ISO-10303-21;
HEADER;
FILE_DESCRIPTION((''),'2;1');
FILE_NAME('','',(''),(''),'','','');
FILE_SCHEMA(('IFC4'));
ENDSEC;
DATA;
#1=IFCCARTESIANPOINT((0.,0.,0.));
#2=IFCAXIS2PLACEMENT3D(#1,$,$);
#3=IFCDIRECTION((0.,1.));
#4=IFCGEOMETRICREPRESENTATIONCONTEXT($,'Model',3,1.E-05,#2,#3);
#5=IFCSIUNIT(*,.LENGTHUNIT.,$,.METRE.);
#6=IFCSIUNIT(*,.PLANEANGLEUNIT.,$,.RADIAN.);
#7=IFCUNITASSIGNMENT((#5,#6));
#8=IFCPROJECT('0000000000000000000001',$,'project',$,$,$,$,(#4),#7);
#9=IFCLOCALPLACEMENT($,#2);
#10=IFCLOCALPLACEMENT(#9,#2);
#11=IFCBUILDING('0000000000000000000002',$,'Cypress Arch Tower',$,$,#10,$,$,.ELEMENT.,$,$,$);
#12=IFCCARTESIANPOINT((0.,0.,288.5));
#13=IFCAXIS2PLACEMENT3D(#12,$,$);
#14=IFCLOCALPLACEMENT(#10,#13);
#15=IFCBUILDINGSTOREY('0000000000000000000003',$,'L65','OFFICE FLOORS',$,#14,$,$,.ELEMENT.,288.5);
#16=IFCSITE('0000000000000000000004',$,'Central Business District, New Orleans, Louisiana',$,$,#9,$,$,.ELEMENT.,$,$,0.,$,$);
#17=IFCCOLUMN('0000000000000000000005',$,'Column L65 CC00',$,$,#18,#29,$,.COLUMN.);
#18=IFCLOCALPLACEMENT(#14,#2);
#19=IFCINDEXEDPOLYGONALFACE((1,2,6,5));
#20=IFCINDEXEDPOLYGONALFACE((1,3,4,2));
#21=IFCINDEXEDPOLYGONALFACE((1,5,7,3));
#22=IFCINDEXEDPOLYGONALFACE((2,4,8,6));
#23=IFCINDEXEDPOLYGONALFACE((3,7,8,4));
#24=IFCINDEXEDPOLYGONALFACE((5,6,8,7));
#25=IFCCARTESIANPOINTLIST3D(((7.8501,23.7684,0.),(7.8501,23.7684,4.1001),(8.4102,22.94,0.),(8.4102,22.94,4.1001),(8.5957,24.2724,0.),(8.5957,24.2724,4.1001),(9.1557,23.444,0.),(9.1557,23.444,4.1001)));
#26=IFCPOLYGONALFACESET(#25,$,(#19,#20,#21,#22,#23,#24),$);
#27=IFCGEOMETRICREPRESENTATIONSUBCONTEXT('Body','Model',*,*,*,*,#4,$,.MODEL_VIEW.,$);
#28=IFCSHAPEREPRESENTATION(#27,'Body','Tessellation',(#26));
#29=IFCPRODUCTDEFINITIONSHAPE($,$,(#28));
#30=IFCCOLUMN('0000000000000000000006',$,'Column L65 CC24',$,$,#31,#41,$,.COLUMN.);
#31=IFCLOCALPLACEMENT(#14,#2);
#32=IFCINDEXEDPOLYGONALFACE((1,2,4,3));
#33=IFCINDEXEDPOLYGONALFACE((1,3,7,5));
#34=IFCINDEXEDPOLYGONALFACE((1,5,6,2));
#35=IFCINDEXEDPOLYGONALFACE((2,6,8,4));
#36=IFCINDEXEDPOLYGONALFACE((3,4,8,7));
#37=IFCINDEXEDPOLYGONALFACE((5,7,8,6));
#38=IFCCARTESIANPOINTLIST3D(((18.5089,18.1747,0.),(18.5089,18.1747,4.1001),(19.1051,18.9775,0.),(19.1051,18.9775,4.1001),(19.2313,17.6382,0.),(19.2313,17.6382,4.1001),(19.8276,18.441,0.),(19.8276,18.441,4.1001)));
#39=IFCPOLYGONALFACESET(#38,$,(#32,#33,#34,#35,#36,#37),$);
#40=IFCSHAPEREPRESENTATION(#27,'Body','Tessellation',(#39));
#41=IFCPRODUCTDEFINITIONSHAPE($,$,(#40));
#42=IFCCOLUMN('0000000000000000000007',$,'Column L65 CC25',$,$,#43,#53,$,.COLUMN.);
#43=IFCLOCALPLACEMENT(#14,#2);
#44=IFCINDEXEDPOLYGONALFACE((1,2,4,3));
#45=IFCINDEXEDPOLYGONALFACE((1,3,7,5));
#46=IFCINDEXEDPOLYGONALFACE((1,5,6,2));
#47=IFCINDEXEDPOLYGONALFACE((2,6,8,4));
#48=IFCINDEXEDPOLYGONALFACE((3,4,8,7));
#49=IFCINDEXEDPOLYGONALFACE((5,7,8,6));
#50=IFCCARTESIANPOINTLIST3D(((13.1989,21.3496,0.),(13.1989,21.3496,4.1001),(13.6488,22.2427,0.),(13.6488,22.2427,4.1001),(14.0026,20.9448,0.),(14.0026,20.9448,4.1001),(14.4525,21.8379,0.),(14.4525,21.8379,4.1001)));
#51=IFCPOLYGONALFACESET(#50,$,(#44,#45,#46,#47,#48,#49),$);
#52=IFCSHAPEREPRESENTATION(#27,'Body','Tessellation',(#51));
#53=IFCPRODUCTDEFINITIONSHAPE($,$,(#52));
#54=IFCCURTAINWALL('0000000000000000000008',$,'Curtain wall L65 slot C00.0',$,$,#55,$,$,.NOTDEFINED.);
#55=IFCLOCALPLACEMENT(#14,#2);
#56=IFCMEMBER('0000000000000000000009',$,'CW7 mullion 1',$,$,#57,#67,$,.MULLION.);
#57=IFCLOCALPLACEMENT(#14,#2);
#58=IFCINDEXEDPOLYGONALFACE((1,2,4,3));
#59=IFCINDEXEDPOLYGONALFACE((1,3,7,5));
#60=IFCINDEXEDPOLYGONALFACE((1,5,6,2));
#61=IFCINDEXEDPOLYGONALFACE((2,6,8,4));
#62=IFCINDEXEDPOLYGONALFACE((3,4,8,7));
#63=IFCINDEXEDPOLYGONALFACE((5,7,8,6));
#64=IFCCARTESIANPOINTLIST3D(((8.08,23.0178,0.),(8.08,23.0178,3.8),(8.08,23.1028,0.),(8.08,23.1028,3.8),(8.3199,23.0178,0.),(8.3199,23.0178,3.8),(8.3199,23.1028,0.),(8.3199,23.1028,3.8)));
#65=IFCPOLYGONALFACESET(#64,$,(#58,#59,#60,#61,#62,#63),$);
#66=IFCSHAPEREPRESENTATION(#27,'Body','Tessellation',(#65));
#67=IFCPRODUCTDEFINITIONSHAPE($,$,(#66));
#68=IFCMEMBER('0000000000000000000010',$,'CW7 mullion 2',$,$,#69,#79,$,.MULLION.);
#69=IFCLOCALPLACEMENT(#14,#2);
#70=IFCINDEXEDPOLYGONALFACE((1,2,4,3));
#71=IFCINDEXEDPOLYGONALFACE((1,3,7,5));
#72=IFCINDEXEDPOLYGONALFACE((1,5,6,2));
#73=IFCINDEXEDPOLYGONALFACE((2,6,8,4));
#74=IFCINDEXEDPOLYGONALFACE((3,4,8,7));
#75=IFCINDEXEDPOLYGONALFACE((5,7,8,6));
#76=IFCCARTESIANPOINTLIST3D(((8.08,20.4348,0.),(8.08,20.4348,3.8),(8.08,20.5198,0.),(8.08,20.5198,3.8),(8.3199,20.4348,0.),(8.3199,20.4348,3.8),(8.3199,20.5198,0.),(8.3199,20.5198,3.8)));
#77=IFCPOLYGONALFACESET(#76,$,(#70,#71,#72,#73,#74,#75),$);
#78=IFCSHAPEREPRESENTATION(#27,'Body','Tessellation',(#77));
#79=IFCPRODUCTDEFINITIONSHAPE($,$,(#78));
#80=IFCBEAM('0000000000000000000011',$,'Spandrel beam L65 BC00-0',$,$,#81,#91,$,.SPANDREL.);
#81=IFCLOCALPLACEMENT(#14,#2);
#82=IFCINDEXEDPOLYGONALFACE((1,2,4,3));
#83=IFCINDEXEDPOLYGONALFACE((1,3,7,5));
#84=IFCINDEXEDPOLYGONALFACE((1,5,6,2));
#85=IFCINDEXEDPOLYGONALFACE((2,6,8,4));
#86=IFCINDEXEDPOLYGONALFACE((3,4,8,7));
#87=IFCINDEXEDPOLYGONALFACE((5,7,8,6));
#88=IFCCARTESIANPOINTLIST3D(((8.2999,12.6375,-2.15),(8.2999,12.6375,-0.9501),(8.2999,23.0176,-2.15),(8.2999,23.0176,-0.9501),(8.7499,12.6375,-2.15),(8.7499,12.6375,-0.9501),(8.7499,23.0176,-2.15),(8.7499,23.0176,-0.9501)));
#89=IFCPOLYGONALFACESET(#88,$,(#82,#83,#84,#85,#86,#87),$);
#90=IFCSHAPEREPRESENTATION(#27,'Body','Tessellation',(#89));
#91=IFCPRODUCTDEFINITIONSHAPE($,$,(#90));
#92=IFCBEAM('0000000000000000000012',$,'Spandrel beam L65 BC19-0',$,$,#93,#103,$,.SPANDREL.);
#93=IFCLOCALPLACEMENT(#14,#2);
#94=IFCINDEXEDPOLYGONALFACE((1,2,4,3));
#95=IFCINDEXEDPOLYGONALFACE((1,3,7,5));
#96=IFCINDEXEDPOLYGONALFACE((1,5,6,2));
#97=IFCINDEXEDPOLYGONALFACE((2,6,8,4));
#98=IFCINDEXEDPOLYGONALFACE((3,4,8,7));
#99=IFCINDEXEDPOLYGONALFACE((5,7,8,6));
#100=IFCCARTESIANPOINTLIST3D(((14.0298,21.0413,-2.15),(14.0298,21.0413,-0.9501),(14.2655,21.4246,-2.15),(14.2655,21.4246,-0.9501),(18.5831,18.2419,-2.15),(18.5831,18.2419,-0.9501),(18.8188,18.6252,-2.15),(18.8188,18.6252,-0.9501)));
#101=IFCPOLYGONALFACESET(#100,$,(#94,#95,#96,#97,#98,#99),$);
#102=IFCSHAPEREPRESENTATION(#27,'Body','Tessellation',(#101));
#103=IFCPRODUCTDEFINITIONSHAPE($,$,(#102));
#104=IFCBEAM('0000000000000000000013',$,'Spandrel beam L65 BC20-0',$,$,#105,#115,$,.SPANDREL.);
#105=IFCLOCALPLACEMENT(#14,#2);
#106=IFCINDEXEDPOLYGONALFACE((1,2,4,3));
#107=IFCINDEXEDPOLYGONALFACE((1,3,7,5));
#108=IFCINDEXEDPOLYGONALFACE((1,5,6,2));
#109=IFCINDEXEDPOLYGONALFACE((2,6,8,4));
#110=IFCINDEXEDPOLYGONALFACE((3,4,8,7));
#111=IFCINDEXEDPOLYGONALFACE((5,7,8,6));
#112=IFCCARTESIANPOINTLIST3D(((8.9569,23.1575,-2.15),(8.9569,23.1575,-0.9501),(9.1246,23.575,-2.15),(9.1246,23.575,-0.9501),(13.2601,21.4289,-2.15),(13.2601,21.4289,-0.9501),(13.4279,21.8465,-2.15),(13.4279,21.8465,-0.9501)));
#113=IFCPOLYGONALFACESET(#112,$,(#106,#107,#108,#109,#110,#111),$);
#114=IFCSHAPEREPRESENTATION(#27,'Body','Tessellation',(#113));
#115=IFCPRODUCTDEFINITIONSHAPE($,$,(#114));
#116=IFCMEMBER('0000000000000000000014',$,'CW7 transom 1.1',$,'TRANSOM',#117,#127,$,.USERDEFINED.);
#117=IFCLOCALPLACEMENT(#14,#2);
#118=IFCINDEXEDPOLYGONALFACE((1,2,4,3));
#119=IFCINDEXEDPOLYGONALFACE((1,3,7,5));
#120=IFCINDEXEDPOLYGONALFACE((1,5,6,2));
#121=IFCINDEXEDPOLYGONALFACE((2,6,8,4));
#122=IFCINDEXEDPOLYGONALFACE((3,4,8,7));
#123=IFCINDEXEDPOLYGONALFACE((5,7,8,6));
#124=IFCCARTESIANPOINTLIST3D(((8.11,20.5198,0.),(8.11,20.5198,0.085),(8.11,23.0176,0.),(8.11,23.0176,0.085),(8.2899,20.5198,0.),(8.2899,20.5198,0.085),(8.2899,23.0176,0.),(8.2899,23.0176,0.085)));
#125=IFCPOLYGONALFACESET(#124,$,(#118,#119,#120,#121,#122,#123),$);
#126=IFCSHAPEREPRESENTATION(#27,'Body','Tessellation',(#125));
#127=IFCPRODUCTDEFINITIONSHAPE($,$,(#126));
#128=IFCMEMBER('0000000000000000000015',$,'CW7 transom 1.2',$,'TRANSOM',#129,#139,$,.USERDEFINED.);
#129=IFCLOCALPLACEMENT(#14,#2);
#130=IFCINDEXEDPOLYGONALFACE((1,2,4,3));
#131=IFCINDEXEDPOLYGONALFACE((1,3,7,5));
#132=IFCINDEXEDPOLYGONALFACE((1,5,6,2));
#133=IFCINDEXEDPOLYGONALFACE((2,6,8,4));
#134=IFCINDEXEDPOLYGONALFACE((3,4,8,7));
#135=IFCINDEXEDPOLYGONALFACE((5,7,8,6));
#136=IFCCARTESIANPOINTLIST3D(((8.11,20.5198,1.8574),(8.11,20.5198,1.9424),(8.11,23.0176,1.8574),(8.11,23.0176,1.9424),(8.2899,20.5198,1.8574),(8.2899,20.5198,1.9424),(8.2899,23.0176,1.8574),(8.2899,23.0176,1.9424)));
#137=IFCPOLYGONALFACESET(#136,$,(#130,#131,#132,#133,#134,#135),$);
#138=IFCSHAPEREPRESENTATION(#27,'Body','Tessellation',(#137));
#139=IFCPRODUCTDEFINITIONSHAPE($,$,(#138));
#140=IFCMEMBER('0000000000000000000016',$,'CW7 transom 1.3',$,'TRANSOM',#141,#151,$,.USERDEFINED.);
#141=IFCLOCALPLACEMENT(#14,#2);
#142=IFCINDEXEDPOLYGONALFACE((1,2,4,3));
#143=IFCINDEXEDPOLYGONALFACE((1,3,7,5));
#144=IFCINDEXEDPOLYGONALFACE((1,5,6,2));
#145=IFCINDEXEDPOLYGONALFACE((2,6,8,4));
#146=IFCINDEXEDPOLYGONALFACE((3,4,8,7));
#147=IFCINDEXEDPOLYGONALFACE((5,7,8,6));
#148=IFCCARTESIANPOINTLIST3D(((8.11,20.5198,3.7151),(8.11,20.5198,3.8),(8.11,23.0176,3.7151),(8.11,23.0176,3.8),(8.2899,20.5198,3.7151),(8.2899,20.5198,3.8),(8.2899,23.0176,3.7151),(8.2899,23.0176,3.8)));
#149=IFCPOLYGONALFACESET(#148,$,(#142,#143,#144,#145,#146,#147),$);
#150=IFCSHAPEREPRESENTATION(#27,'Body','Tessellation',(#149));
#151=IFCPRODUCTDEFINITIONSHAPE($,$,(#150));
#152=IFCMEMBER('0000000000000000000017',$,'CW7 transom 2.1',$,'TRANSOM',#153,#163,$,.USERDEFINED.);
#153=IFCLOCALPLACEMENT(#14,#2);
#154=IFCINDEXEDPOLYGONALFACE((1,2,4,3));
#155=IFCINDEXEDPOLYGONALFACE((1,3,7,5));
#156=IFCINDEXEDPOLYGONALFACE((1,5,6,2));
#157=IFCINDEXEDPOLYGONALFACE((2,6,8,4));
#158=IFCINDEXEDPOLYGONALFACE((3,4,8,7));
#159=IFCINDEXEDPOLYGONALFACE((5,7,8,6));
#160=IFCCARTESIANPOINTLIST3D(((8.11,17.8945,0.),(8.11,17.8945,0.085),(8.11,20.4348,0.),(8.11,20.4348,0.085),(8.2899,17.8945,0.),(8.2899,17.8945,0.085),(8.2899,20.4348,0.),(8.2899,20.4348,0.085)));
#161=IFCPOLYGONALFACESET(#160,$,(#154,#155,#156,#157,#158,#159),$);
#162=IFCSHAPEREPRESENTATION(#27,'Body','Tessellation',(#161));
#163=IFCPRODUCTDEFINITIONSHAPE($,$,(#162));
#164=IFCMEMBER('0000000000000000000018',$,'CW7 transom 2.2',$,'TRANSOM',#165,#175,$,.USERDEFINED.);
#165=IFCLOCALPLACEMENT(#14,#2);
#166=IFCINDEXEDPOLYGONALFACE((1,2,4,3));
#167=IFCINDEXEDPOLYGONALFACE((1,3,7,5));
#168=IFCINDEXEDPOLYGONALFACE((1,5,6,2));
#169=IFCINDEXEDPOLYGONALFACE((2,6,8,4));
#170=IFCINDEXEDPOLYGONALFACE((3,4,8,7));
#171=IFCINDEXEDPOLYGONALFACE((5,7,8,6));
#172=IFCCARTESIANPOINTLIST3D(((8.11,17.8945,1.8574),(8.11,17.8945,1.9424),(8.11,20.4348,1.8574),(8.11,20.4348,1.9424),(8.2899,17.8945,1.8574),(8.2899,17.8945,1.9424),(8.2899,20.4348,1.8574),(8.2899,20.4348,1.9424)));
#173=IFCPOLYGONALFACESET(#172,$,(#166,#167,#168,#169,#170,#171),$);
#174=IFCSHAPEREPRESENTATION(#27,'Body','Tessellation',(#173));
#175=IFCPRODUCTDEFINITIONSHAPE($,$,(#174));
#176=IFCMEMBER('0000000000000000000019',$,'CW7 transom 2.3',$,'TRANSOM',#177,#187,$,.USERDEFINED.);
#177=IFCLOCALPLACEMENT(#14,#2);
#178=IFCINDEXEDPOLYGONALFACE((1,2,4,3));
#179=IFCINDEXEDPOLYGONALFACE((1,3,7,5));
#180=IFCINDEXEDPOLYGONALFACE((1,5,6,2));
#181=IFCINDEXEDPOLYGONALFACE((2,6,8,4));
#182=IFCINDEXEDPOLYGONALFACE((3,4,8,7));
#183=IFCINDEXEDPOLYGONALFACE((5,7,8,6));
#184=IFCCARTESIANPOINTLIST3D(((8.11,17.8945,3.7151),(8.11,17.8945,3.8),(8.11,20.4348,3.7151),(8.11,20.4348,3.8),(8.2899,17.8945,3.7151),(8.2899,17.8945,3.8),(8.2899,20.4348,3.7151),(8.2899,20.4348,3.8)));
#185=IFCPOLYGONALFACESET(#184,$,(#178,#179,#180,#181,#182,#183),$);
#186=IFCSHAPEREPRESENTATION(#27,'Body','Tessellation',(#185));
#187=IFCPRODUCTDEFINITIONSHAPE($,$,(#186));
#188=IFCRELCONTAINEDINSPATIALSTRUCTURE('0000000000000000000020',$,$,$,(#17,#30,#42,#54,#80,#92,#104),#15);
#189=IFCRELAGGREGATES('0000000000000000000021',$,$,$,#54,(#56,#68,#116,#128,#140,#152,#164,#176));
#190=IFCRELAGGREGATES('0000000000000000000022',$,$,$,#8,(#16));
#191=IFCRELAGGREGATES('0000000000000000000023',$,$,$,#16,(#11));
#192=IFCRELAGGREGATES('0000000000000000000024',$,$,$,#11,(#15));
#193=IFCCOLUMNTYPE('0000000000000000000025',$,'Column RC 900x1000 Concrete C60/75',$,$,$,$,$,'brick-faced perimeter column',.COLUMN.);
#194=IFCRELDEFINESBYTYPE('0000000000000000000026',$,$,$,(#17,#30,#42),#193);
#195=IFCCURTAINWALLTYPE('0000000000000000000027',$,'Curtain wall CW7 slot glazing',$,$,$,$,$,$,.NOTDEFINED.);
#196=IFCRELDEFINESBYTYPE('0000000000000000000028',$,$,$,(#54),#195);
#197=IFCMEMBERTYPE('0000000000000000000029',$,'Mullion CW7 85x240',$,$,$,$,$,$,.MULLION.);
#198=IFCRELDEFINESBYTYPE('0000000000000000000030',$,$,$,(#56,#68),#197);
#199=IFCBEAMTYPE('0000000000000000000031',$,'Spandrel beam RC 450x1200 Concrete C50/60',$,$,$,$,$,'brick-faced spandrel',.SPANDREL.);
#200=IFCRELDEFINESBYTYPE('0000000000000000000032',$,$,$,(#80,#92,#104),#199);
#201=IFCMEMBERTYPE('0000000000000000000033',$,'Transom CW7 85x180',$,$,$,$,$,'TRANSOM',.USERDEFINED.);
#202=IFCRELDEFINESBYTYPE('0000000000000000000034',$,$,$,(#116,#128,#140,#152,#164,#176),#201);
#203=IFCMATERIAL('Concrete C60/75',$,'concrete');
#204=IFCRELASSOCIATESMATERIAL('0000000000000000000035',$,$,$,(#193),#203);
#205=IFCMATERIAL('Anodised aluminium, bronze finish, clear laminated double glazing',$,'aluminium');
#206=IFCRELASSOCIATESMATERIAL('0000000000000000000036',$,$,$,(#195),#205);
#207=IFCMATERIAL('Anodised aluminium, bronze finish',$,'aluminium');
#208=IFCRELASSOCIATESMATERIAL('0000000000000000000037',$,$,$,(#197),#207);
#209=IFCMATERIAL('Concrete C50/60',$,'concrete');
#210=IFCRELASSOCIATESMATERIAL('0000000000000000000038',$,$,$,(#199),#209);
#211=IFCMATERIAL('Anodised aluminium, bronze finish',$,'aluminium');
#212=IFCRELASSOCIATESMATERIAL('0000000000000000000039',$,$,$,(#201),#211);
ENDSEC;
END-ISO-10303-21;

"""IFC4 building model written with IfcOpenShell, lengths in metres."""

from ifc_helpers import new_model, si_unit, direction, frame, origin, origin_2d, place, context, subcontext, project, spatial, rectangle, extrude, material, material_profile, profile_set, type_object, element, aggregate, save


model = new_model("IFC4")

# Units and contexts
model_context = context("Model", 3, precision=1e-05, world=origin(), true_north=direction((0.0, 1.0)))
body_context = subcontext(model_context, "Body", "Model", "MODEL_VIEW")
ifc_project = project(units=[si_unit("LENGTHUNIT", "METRE"), si_unit("PLANEANGLEUNIT", "RADIAN")], contexts=[model_context])

# Site, building, storey
site_placement = place(None, origin())
site = spatial("IfcSite", under=ifc_project, at=site_placement, Name="Central Business District, New Orleans, Louisiana", CompositionType="ELEMENT", RefElevation=0.0)
building_placement = place(site_placement, origin())
building = spatial("IfcBuilding", under=site, at=building_placement, Name="Cypress Arch Tower", CompositionType="ELEMENT")
storey_placement = place(building_placement, frame((0.0, 0.0, 288.5)))
storey = spatial("IfcBuildingStorey", under=building, at=storey_placement, Name="L65", Description="OFFICE FLOORS", CompositionType="ELEMENT", Elevation=288.5)

# Columns
ifc_material_1 = material(Name="Concrete C60/75", Category="concrete")
ifc_material_profile_1 = material_profile(ifc_material_1, rectangle(XDim=0.8999, YDim=1.0, at=origin_2d()), Name="RC 900x1000")
ifc_profile_set_1 = profile_set([ifc_material_profile_1], Name="Concrete C60/75")
column_type = type_object("IfcColumnType", Name="Column RC 900x1000 Concrete C60/75", ElementType="brick-faced perimeter column", PredefinedType="COLUMN", material=ifc_profile_set_1)
for number, where, z_axis, x_axis, name in (
    (1, (8.5029, 23.6062, 0.0), (0.0, 0.0, 1.0), (-0.82847, -0.560034, 0.0), "Column L65 CC00"),
    (2, (19.1682, 18.3079, 0.0), (0.0, 0.0, 1.0), (-0.802799, 0.59625, 0.0), "Column L65 CC24"),
    (3, (13.8257, 21.5938, 0.0), (0.0, 0.0, 1.0), (-0.893106, 0.449845, 0.0), "Column L65 CC25"),
):
    element("IfcColumn", number, at=place(storey_placement, frame(where, z_axis=z_axis, x_axis=x_axis)), inside=storey, type_object=column_type, Name=name, PredefinedType="COLUMN", context=body_context, shape_type="SweptSolid", body=[
        extrude(rectangle(XDim=0.8999, YDim=1.0, at=origin_2d()), origin(), (0.0, 0.0, 1.0), 4.1001),
    ])

# Curtain wall, members
ifc_material_2 = material(Name="Anodised aluminium, bronze finish, clear laminated double glazing", Category="aluminium")
curtain_wall_type = type_object("IfcCurtainWallType", Name="Curtain wall CW7 slot glazing", PredefinedType="NOTDEFINED", material=ifc_material_2)
curtain_wall_placement = place(storey_placement, origin())
curtain_wall = element("IfcCurtainWall", 4, at=curtain_wall_placement, inside=storey, type_object=curtain_wall_type, Name="Curtain wall L65 slot C00.0", PredefinedType="NOTDEFINED")
ifc_material_3 = material(Name="Anodised aluminium, bronze finish", Category="aluminium")
ifc_material_profile_2 = material_profile(ifc_material_3, rectangle(XDim=0.24, YDim=0.085, at=origin_2d()), Name="Mullion 85x240")
ifc_profile_set_2 = profile_set([ifc_material_profile_2], Name="Anodised aluminium, bronze finish")
member_type_1 = type_object("IfcMemberType", Name="Mullion CW7 85x240", PredefinedType="MULLION", material=ifc_profile_set_2)
member_1_placement = place(storey_placement, frame((8.2, 23.0603, 0.0), z_axis=(0.0, 0.0, 1.0), x_axis=(1.0, 0.0, 0.0)))
member_1 = element("IfcMember", 5, at=member_1_placement, type_object=member_type_1, Name="CW7 mullion 1", PredefinedType="MULLION", context=body_context, shape_type="SweptSolid", body=[
    extrude(rectangle(XDim=0.24, YDim=0.085, at=origin_2d()), origin(), (0.0, 0.0, 1.0), 3.8),
])
member_2_placement = place(storey_placement, frame((8.2, 20.4773, 0.0), z_axis=(0.0, 0.0, 1.0), x_axis=(1.0, 0.0, 0.0)))
member_2 = element("IfcMember", 6, at=member_2_placement, type_object=member_type_1, Name="CW7 mullion 2", PredefinedType="MULLION", context=body_context, shape_type="SweptSolid", body=[
    extrude(rectangle(XDim=0.24, YDim=0.085, at=origin_2d()), origin(), (0.0, 0.0, 1.0), 3.8),
])

# Beams
ifc_material_4 = material(Name="Concrete C50/60", Category="concrete")
ifc_material_profile_3 = material_profile(ifc_material_4, rectangle(XDim=0.45, YDim=1.2, at=origin_2d()), Name="RC 450x1200")
ifc_profile_set_3 = profile_set([ifc_material_profile_3], Name="Concrete C50/60")
beam_type = type_object("IfcBeamType", Name="Spandrel beam RC 450x1200 Concrete C50/60", ElementType="brick-faced spandrel", PredefinedType="SPANDREL", material=ifc_profile_set_3)
beam_1_placement = place(storey_placement, frame((8.5249, 23.0176, -1.55), z_axis=(0.0, -1.0, 0.0), x_axis=(1.0, 0.0, 0.0)))
element("IfcBeam", 7, at=beam_1_placement, inside=storey, type_object=beam_type, Name="Spandrel beam L65 BC00-0", PredefinedType="SPANDREL", context=body_context, shape_type="SweptSolid", body=[
    extrude(rectangle(XDim=0.45, YDim=1.2, at=origin_2d()), origin(), (0.0, 0.0, 1.0), 10.3801),
])
beam_2_placement = place(storey_placement, frame((18.7009, 18.4336, -1.55), z_axis=(-0.851881, 0.523735, 0.0), x_axis=(-0.523735, -0.851881, 0.0)))
element("IfcBeam", 8, at=beam_2_placement, inside=storey, type_object=beam_type, Name="Spandrel beam L65 BC19-0", PredefinedType="SPANDREL", context=body_context, shape_type="SweptSolid", body=[
    extrude(rectangle(XDim=0.45, YDim=1.2, at=origin_2d()), origin(), (0.0, 0.0, 1.0), 5.345),
])
beam_3_placement = place(storey_placement, frame((13.344, 21.6377, -1.55), z_axis=(-0.927938, 0.372734, 0.0), x_axis=(-0.372734, -0.927938, 0.0)))
element("IfcBeam", 9, at=beam_3_placement, inside=storey, type_object=beam_type, Name="Spandrel beam L65 BC20-0", PredefinedType="SPANDREL", context=body_context, shape_type="SweptSolid", body=[
    extrude(rectangle(XDim=0.45, YDim=1.2, at=origin_2d()), origin(), (0.0, 0.0, 1.0), 4.6375),
])

# Members
ifc_material_5 = material(Name="Anodised aluminium, bronze finish", Category="aluminium")
ifc_material_profile_4 = material_profile(ifc_material_5, rectangle(XDim=0.1799, YDim=0.085, at=origin_2d()), Name="Transom 85x180")
ifc_profile_set_4 = profile_set([ifc_material_profile_4], Name="Anodised aluminium, bronze finish")
member_type_2 = type_object("IfcMemberType", Name="Transom CW7 85x180", ElementType="TRANSOM", PredefinedType="USERDEFINED", material=ifc_profile_set_4)
member_3_placement = place(storey_placement, frame((8.2, 23.0176, 0.0425), z_axis=(0.0, -1.0, 0.0), x_axis=(1.0, 0.0, 0.0)))
member_3 = element("IfcMember", 10, at=member_3_placement, type_object=member_type_2, Name="CW7 transom 1.1", ObjectType="TRANSOM", PredefinedType="USERDEFINED", context=body_context, shape_type="SweptSolid", body=[
    extrude(rectangle(XDim=0.1799, YDim=0.085, at=origin_2d()), origin(), (0.0, 0.0, 1.0), 2.4978),
])
member_4_placement = place(storey_placement, frame((8.2, 23.0176, 1.8999), z_axis=(0.0, -1.0, 0.0), x_axis=(1.0, 0.0, 0.0)))
member_4 = element("IfcMember", 11, at=member_4_placement, type_object=member_type_2, Name="CW7 transom 1.2", ObjectType="TRANSOM", PredefinedType="USERDEFINED", context=body_context, shape_type="SweptSolid", body=[
    extrude(rectangle(XDim=0.1799, YDim=0.085, at=origin_2d()), origin(), (0.0, 0.0, 1.0), 2.4978),
])
member_5_placement = place(storey_placement, frame((8.2, 23.0176, 3.7576), z_axis=(0.0, -1.0, 0.0), x_axis=(1.0, 0.0, 0.0)))
member_5 = element("IfcMember", 12, at=member_5_placement, type_object=member_type_2, Name="CW7 transom 1.3", ObjectType="TRANSOM", PredefinedType="USERDEFINED", context=body_context, shape_type="SweptSolid", body=[
    extrude(rectangle(XDim=0.1799, YDim=0.085, at=origin_2d()), origin(), (0.0, 0.0, 1.0), 2.4978),
])
member_6_placement = place(storey_placement, frame((8.2, 20.4348, 0.0425), z_axis=(0.0, -1.0, 0.0), x_axis=(1.0, 0.0, 0.0)))
member_6 = element("IfcMember", 13, at=member_6_placement, type_object=member_type_2, Name="CW7 transom 2.1", ObjectType="TRANSOM", PredefinedType="USERDEFINED", context=body_context, shape_type="SweptSolid", body=[
    extrude(rectangle(XDim=0.1799, YDim=0.085, at=origin_2d()), origin(), (0.0, 0.0, 1.0), 2.5403),
])
member_7_placement = place(storey_placement, frame((8.2, 20.4348, 1.8999), z_axis=(0.0, -1.0, 0.0), x_axis=(1.0, 0.0, 0.0)))
member_7 = element("IfcMember", 14, at=member_7_placement, type_object=member_type_2, Name="CW7 transom 2.2", ObjectType="TRANSOM", PredefinedType="USERDEFINED", context=body_context, shape_type="SweptSolid", body=[
    extrude(rectangle(XDim=0.1799, YDim=0.085, at=origin_2d()), origin(), (0.0, 0.0, 1.0), 2.5403),
])
member_8_placement = place(storey_placement, frame((8.2, 20.4348, 3.7576), z_axis=(0.0, -1.0, 0.0), x_axis=(1.0, 0.0, 0.0)))
member_8 = element("IfcMember", 15, at=member_8_placement, type_object=member_type_2, Name="CW7 transom 2.3", ObjectType="TRANSOM", PredefinedType="USERDEFINED", context=body_context, shape_type="SweptSolid", body=[
    extrude(rectangle(XDim=0.1799, YDim=0.085, at=origin_2d()), origin(), (0.0, 0.0, 1.0), 2.5403),
])

aggregate(curtain_wall, [member_1, member_2, member_3, member_4, member_5, member_6, member_7, member_8])

save(model, "model.ifc")
